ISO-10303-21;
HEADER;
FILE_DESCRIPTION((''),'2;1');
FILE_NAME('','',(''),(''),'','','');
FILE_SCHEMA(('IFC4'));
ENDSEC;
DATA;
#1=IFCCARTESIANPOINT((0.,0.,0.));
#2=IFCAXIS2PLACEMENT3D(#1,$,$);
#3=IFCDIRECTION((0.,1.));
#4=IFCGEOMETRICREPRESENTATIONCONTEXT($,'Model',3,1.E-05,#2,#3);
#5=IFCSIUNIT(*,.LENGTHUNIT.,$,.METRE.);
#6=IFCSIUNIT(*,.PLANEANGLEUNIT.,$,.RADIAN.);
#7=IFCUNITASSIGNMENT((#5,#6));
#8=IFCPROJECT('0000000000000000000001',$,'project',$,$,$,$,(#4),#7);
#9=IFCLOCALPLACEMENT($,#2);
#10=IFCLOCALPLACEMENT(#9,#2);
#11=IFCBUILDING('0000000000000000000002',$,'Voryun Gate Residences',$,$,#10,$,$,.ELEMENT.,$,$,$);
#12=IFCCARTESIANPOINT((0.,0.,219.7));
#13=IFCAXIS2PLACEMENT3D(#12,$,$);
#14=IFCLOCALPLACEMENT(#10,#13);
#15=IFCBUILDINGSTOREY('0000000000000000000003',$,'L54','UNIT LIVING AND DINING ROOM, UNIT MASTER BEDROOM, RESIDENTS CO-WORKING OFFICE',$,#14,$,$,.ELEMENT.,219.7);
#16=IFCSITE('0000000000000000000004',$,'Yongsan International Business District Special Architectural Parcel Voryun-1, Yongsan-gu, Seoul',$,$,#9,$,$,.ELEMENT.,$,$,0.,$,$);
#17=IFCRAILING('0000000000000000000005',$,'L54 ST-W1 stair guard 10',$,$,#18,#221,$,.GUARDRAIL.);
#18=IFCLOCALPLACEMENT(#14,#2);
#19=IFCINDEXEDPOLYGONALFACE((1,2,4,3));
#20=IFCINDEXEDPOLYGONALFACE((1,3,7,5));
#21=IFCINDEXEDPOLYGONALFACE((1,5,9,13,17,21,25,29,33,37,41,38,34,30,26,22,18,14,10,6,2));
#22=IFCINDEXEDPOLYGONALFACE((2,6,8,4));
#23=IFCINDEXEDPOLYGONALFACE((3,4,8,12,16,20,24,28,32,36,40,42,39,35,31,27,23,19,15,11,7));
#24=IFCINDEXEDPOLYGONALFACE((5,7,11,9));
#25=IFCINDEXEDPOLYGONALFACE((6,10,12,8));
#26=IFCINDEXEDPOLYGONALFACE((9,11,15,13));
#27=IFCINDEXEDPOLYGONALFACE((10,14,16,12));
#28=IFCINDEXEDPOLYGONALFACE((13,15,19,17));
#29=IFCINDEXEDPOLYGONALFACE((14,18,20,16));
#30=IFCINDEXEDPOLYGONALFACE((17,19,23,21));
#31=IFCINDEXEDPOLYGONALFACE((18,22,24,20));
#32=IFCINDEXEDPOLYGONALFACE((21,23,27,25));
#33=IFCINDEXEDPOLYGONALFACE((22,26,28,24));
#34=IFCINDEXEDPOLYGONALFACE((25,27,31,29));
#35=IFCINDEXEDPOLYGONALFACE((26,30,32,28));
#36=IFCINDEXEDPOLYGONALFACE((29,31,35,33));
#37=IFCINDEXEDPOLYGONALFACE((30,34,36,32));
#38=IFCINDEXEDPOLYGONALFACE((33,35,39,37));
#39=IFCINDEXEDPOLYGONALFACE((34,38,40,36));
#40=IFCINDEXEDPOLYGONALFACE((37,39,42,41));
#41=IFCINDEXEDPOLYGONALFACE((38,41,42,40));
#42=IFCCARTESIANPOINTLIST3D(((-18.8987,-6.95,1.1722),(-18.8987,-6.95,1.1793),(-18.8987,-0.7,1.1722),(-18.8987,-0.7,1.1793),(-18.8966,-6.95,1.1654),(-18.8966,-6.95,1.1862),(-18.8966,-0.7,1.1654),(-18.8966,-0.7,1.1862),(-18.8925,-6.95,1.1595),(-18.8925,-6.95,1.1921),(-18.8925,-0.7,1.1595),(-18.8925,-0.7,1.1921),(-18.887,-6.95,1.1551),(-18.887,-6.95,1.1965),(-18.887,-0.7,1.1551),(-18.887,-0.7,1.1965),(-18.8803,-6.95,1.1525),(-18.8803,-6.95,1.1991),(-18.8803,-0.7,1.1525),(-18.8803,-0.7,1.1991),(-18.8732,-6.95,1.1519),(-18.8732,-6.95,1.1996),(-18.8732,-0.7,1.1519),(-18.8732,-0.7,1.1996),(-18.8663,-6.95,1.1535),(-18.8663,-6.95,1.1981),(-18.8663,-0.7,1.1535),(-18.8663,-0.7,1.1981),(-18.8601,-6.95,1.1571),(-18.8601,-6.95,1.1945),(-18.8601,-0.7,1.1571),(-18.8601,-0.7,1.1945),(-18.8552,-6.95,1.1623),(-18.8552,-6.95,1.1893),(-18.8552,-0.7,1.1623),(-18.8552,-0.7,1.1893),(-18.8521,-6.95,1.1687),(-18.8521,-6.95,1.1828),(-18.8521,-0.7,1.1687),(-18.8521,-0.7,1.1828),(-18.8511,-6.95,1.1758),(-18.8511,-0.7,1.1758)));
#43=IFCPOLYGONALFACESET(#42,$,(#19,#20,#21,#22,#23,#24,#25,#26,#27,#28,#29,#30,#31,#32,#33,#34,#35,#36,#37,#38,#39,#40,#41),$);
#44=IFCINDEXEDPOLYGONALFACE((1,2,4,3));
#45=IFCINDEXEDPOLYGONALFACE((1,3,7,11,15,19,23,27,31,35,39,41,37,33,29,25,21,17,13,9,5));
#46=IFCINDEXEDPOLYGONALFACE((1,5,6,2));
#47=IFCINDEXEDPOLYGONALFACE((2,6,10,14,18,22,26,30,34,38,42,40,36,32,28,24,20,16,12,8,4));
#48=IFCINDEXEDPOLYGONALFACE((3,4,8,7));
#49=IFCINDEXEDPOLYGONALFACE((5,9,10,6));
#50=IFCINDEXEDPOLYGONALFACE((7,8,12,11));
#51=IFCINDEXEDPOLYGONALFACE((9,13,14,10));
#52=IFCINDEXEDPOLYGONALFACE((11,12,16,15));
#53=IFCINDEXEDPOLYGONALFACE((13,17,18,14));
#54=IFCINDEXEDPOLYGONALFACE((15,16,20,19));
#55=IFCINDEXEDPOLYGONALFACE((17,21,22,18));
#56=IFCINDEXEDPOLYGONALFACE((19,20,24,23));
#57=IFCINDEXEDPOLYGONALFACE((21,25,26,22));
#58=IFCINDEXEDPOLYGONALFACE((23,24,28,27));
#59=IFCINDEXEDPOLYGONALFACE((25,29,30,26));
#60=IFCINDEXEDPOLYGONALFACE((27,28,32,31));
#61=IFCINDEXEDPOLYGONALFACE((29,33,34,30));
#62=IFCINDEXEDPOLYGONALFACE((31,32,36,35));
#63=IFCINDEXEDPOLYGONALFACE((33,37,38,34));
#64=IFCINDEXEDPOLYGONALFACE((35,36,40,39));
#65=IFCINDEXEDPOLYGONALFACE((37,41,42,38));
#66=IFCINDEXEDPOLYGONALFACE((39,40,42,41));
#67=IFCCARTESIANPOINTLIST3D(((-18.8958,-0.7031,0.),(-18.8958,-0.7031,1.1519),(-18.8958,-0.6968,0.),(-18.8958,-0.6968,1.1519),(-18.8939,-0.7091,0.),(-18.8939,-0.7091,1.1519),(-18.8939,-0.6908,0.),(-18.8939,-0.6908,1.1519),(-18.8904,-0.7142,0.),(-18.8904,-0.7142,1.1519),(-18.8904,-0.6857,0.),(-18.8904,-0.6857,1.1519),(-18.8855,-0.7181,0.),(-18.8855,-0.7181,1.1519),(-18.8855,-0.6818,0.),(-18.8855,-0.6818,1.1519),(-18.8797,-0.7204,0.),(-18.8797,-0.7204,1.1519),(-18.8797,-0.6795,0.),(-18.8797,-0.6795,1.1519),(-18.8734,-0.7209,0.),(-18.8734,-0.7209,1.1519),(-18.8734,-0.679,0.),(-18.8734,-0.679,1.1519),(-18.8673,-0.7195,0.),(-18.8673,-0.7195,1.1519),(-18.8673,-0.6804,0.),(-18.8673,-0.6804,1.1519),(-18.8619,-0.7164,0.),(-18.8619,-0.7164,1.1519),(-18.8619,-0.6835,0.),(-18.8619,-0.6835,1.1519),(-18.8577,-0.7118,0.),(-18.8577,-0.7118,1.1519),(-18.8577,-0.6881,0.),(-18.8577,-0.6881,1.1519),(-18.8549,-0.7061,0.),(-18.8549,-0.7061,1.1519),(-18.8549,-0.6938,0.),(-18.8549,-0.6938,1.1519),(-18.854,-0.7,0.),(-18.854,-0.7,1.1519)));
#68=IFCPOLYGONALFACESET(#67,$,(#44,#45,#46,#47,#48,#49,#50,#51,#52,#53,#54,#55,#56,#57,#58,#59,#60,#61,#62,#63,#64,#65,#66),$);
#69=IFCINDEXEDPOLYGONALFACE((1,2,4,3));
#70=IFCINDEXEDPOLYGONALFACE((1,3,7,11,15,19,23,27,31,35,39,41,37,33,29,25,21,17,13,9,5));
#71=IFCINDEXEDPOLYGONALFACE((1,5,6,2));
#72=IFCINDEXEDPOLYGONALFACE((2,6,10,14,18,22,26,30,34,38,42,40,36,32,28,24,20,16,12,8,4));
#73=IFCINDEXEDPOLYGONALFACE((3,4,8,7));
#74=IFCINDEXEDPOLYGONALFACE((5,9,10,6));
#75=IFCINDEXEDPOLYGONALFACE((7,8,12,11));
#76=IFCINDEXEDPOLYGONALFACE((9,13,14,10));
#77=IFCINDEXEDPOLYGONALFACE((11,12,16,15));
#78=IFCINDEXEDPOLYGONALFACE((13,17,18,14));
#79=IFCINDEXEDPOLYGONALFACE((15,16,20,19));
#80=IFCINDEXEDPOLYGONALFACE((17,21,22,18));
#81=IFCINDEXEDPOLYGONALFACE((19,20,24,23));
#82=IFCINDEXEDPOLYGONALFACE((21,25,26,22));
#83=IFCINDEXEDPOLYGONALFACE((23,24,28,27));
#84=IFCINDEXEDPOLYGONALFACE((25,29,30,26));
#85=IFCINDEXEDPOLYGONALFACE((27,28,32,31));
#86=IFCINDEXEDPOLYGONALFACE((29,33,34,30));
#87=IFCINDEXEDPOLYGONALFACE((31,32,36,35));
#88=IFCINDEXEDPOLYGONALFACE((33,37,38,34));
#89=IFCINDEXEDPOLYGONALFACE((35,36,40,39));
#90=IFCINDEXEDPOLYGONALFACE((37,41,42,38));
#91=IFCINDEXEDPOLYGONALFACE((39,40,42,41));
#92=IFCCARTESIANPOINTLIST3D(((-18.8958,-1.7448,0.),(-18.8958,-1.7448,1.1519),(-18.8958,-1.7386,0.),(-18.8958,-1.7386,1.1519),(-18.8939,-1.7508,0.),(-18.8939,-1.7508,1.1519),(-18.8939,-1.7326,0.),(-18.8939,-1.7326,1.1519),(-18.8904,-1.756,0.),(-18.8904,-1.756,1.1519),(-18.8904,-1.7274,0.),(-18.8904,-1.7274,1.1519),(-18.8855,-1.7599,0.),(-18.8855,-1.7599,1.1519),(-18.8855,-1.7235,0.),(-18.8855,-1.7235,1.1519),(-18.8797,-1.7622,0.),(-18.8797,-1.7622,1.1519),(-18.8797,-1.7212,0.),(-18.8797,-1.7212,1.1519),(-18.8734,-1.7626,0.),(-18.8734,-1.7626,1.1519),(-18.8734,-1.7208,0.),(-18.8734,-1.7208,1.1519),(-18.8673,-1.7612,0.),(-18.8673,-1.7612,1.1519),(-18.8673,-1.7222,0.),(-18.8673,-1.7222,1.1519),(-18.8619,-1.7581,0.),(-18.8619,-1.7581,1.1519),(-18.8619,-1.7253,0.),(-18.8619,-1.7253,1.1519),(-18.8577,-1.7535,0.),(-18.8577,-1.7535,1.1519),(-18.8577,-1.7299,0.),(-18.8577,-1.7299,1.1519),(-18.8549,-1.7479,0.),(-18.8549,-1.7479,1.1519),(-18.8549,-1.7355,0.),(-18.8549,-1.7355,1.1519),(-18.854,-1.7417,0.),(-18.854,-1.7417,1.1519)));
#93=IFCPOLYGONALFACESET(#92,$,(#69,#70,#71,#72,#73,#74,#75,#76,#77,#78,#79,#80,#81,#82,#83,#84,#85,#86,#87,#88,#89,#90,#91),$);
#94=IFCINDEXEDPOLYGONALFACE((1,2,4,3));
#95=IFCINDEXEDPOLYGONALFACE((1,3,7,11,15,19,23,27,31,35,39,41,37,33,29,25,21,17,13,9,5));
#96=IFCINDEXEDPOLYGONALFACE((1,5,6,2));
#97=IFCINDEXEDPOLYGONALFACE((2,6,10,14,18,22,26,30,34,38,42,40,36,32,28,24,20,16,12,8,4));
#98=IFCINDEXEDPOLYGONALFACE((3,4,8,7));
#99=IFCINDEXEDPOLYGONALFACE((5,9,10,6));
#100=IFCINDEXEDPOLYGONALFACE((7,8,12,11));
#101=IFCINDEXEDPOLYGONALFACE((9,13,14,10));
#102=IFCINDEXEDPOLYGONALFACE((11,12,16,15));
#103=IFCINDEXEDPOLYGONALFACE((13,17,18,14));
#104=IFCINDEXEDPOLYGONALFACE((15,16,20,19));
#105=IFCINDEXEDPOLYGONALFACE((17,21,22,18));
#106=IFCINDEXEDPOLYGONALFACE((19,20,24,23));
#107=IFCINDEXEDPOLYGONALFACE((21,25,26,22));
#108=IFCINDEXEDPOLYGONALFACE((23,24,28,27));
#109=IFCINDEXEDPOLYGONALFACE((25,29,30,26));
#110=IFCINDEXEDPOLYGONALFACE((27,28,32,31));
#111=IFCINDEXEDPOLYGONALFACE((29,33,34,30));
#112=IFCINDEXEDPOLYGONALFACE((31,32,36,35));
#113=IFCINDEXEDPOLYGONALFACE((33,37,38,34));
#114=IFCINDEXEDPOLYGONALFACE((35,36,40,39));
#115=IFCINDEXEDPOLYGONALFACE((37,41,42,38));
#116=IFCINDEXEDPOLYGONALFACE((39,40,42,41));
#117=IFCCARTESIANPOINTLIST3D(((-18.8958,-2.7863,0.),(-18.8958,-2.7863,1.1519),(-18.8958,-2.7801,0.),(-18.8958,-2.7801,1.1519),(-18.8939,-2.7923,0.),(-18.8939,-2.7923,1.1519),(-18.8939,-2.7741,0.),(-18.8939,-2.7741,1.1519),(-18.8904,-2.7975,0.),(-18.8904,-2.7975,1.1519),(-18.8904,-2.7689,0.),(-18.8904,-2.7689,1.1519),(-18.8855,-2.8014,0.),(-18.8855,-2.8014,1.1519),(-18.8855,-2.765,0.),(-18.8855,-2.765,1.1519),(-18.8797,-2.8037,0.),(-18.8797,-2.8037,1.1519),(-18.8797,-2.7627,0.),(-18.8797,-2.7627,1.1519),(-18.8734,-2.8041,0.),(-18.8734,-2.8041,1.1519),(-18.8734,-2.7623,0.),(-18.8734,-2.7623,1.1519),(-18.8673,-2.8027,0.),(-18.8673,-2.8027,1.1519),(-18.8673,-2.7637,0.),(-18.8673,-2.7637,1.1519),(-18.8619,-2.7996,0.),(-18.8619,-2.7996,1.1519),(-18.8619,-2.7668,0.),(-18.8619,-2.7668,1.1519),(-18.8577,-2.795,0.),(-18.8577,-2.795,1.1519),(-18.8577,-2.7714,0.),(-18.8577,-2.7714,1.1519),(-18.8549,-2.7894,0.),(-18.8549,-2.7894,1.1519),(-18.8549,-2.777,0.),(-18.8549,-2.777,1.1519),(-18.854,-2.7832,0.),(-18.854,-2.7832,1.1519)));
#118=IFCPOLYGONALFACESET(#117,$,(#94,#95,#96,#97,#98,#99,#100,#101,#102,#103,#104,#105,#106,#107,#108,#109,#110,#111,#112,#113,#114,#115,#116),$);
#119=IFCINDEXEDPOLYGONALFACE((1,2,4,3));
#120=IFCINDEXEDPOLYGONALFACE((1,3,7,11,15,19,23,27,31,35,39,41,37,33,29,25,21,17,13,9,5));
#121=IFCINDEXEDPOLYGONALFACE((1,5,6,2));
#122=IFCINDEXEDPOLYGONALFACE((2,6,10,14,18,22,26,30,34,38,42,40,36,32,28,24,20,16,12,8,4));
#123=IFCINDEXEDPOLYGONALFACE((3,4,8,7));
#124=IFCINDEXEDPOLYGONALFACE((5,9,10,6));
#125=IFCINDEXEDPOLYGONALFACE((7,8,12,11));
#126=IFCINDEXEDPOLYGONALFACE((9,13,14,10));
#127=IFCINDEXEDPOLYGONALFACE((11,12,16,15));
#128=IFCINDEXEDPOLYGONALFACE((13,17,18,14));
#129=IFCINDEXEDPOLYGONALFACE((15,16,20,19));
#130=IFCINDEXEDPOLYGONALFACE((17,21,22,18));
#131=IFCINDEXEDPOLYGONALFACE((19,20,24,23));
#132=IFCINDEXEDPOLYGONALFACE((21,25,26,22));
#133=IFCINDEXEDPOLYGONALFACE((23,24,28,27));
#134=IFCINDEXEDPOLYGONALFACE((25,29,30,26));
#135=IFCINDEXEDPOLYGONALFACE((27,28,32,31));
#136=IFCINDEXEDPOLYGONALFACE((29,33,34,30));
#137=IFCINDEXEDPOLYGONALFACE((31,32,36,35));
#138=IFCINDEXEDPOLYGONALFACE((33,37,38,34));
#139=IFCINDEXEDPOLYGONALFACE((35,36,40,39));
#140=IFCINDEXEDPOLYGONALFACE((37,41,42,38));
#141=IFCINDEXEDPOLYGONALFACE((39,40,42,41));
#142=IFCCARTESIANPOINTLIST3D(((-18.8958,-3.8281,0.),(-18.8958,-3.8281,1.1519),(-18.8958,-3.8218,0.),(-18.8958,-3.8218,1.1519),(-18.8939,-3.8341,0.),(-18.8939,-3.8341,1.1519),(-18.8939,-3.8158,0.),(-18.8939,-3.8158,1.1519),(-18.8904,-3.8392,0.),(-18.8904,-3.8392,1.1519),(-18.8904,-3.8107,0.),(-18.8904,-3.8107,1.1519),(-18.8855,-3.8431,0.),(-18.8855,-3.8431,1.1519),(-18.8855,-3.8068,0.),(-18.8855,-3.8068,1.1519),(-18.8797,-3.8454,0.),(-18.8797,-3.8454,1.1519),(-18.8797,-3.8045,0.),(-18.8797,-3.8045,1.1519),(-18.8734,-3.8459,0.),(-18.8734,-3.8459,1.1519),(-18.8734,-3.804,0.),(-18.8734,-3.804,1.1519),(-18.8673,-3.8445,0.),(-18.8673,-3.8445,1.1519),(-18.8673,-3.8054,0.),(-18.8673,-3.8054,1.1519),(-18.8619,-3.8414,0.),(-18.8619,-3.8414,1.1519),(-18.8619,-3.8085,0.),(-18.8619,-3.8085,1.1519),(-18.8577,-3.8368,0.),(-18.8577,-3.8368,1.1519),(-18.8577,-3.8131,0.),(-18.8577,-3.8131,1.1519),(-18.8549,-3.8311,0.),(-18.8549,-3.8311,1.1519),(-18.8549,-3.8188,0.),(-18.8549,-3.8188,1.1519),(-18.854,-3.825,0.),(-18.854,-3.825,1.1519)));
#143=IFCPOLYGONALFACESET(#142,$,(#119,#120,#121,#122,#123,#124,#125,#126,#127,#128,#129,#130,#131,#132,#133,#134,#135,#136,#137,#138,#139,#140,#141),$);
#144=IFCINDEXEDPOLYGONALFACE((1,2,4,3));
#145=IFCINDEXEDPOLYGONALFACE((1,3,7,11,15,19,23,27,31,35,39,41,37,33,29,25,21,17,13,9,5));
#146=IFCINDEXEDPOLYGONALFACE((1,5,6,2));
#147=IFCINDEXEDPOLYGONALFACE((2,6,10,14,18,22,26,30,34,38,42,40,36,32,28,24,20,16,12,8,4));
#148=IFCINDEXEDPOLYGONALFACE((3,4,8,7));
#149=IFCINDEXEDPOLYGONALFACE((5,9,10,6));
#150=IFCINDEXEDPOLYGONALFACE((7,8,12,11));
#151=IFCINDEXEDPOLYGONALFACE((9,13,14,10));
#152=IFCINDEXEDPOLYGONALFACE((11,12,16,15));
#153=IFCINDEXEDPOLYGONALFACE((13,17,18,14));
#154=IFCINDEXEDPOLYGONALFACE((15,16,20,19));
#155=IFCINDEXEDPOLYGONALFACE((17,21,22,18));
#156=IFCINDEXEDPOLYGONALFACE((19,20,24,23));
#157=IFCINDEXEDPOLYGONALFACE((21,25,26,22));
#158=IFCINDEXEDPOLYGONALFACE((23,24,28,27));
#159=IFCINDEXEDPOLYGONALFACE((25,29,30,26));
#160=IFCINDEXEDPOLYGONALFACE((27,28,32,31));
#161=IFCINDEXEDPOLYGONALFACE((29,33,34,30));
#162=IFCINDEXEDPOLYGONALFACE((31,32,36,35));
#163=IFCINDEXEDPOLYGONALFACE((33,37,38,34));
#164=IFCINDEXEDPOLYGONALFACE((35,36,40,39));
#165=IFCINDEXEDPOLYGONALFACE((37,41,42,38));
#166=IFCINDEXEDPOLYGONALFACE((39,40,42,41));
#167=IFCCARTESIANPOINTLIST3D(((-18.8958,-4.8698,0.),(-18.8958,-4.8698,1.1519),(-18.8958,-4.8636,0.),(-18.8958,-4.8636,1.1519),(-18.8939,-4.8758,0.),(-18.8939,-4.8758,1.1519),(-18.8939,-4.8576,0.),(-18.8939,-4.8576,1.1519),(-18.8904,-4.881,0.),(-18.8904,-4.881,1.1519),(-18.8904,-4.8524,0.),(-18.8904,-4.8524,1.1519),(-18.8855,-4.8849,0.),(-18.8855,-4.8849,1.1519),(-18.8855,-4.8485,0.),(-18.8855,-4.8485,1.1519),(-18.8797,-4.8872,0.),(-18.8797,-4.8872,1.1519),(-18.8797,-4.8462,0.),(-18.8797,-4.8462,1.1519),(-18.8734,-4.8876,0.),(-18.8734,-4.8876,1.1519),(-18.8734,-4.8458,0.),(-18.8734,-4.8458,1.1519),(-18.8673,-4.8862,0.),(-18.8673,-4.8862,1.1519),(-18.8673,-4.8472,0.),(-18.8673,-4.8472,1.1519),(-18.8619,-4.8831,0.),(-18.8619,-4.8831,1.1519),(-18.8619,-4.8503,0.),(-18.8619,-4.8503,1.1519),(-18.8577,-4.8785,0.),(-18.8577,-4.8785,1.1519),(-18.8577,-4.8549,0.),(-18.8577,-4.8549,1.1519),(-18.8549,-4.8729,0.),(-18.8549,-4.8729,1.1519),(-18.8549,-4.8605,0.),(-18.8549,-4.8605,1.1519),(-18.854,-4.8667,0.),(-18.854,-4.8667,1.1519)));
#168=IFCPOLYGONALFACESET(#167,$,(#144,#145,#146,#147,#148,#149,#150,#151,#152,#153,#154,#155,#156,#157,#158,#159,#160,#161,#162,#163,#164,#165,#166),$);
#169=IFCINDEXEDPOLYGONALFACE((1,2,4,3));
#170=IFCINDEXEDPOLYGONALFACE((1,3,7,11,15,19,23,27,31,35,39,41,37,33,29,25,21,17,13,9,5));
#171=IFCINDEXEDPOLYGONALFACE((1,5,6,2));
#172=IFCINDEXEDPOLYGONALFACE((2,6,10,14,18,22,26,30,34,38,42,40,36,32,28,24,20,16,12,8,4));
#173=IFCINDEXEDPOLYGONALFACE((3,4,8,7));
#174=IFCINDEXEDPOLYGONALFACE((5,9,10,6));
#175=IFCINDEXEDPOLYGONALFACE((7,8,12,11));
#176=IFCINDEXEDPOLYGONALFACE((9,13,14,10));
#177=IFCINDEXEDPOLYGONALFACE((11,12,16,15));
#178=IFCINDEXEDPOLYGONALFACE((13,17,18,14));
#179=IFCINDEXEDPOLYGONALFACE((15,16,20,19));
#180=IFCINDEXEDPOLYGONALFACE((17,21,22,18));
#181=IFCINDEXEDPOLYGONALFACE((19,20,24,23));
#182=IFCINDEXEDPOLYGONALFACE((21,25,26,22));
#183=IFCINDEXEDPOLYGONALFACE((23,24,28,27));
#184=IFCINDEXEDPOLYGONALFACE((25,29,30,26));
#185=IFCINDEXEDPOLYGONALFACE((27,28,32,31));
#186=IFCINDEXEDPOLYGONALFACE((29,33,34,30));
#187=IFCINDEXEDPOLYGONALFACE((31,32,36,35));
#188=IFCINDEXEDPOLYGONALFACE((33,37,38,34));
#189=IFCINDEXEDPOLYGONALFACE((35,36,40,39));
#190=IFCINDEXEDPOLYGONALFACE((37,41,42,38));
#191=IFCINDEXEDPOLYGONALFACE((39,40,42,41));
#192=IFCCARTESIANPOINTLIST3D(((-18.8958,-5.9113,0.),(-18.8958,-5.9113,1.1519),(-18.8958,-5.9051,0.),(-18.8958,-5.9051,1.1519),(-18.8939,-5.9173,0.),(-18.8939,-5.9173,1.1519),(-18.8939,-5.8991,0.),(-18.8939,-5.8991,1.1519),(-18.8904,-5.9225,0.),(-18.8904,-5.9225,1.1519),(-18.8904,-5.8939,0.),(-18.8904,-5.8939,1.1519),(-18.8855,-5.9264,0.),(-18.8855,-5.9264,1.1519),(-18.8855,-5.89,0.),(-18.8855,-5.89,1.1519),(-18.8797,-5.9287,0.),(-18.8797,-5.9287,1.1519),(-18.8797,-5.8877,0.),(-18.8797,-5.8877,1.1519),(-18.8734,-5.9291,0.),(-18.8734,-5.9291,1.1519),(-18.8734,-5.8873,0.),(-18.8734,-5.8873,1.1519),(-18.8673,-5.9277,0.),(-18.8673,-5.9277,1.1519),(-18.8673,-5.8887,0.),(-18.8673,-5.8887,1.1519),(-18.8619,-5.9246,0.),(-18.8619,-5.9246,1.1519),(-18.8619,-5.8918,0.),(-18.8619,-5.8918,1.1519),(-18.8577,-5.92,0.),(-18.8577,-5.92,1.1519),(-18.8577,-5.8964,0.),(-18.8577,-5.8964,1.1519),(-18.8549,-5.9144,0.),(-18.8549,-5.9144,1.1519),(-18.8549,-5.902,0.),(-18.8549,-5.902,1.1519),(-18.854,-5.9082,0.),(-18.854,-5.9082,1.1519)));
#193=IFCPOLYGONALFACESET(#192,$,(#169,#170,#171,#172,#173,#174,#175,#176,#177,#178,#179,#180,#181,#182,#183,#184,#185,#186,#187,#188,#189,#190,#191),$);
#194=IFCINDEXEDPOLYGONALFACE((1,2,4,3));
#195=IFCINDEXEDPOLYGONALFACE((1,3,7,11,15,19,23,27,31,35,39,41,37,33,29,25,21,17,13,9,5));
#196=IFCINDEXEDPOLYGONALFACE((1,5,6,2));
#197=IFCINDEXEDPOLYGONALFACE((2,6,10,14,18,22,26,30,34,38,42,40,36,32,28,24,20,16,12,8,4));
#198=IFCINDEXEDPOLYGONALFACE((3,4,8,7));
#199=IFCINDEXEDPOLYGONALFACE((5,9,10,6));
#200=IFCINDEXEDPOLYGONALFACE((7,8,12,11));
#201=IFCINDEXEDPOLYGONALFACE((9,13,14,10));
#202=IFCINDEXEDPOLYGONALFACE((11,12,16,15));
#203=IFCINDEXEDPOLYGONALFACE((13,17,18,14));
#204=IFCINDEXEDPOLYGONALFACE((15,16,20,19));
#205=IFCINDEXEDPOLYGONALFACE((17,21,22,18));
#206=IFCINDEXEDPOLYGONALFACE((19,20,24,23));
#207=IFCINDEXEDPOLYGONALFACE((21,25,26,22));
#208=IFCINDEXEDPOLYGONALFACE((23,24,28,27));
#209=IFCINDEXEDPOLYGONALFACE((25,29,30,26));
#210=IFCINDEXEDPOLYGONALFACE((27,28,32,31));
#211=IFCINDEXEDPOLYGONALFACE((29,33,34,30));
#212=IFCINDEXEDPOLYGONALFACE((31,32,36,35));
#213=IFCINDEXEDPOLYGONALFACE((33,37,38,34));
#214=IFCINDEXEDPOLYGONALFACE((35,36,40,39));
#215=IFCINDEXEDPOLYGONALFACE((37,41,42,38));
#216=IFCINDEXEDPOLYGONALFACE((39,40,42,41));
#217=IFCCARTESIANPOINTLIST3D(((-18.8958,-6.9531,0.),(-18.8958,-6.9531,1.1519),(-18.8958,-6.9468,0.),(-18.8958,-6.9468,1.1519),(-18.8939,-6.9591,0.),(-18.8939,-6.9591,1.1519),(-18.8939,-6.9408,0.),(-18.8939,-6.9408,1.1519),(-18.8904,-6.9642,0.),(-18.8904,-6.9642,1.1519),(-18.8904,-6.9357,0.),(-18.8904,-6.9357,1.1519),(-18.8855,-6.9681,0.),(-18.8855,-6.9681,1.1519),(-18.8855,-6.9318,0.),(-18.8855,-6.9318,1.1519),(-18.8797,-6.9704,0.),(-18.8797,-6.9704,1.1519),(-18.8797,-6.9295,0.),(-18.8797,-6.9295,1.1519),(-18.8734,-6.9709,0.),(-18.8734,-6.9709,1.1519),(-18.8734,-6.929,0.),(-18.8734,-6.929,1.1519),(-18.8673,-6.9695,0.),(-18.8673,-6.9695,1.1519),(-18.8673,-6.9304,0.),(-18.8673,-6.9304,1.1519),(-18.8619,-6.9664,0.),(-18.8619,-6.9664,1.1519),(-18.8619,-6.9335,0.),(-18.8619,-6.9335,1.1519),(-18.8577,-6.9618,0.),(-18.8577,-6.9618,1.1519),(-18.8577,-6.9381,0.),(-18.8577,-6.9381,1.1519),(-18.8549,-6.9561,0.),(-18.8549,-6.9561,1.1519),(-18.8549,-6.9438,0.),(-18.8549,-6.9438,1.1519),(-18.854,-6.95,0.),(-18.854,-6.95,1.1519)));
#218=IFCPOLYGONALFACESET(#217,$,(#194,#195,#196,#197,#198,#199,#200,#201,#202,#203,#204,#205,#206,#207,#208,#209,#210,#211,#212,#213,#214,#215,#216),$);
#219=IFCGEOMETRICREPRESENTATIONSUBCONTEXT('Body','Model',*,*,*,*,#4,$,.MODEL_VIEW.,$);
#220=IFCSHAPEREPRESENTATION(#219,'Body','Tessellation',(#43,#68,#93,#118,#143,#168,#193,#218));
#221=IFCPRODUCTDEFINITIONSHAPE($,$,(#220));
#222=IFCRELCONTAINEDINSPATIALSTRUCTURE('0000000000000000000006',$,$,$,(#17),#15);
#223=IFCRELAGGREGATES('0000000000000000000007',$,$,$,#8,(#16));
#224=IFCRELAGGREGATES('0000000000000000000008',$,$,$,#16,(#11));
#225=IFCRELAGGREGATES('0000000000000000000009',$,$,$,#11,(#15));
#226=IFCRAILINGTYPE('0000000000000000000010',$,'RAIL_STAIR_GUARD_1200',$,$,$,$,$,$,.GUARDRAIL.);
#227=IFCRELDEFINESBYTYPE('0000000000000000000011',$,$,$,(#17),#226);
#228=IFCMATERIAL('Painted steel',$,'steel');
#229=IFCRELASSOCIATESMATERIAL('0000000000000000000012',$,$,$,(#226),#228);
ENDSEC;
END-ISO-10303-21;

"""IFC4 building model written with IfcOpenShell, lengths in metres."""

from ifc_helpers import new_model, si_unit, direction, frame, origin, origin_2d, place, context, subcontext, project, spatial, circle, extrude, material, type_object, element, save


model = new_model("IFC4")

# Units and contexts
model_context = context("Model", 3, precision=1e-05, world=origin(), true_north=direction((0.0, 1.0)))
body_context = subcontext(model_context, "Body", "Model", "MODEL_VIEW")
ifc_project = project(units=[si_unit("LENGTHUNIT", "METRE"), si_unit("PLANEANGLEUNIT", "RADIAN")], contexts=[model_context])

# Site, building, storey
site_placement = place(None, origin())
site = spatial("IfcSite", under=ifc_project, at=site_placement, Name="Yongsan International Business District Special Architectural Parcel Voryun-1, Yongsan-gu, Seoul", CompositionType="ELEMENT", RefElevation=0.0)
building_placement = place(site_placement, origin())
building = spatial("IfcBuilding", under=site, at=building_placement, Name="Voryun Gate Residences", CompositionType="ELEMENT")
storey_placement = place(building_placement, frame((0.0, 0.0, 219.7)))
storey = spatial("IfcBuildingStorey", under=building, at=storey_placement, Name="L54", Description="UNIT LIVING AND DINING ROOM, UNIT MASTER BEDROOM, RESIDENTS CO-WORKING OFFICE", CompositionType="ELEMENT", Elevation=219.7)

# Railing
ifc_material_1 = material(Name="Painted steel", Category="steel")
railing_type = type_object("IfcRailingType", Name="RAIL_STAIR_GUARD_1200", PredefinedType="GUARDRAIL", material=ifc_material_1)
railing_1_placement = place(storey_placement, frame((-18.875, -0.7, 0.0)))
element("IfcRailing", 1, at=railing_1_placement, inside=storey, type_object=railing_type, Name="L54 ST-W1 stair guard 10", PredefinedType="GUARDRAIL", context=body_context, shape_type="SweptSolid", body=[
    extrude(circle(Radius=0.0239, at=origin_2d()), frame((0.0, 0.0, 1.1758), z_axis=(0.0, -1.0, 0.0), x_axis=(1.0, 0.0, 0.0)), (0.0, 0.0, 1.0), 6.25),
    extrude(circle(Radius=0.021, at=origin_2d()), origin(), (0.0, 0.0, 1.0), 1.1519),
    extrude(circle(Radius=0.021, at=origin_2d()), frame((0.0, -1.0417, 0.0)), (0.0, 0.0, 1.0), 1.1519),
    extrude(circle(Radius=0.021, at=origin_2d()), frame((0.0, -2.0833, 0.0)), (0.0, 0.0, 1.0), 1.1519),
    extrude(circle(Radius=0.021, at=origin_2d()), frame((0.0, -3.125, 0.0)), (0.0, 0.0, 1.0), 1.1519),
    extrude(circle(Radius=0.021, at=origin_2d()), frame((0.0, -4.1667, 0.0)), (0.0, 0.0, 1.0), 1.1519),
    extrude(circle(Radius=0.021, at=origin_2d()), frame((0.0, -5.2083, 0.0)), (0.0, 0.0, 1.0), 1.1519),
    extrude(circle(Radius=0.021, at=origin_2d()), frame((0.0, -6.25, 0.0)), (0.0, 0.0, 1.0), 1.1519),
])

save(model, "model.ifc")
